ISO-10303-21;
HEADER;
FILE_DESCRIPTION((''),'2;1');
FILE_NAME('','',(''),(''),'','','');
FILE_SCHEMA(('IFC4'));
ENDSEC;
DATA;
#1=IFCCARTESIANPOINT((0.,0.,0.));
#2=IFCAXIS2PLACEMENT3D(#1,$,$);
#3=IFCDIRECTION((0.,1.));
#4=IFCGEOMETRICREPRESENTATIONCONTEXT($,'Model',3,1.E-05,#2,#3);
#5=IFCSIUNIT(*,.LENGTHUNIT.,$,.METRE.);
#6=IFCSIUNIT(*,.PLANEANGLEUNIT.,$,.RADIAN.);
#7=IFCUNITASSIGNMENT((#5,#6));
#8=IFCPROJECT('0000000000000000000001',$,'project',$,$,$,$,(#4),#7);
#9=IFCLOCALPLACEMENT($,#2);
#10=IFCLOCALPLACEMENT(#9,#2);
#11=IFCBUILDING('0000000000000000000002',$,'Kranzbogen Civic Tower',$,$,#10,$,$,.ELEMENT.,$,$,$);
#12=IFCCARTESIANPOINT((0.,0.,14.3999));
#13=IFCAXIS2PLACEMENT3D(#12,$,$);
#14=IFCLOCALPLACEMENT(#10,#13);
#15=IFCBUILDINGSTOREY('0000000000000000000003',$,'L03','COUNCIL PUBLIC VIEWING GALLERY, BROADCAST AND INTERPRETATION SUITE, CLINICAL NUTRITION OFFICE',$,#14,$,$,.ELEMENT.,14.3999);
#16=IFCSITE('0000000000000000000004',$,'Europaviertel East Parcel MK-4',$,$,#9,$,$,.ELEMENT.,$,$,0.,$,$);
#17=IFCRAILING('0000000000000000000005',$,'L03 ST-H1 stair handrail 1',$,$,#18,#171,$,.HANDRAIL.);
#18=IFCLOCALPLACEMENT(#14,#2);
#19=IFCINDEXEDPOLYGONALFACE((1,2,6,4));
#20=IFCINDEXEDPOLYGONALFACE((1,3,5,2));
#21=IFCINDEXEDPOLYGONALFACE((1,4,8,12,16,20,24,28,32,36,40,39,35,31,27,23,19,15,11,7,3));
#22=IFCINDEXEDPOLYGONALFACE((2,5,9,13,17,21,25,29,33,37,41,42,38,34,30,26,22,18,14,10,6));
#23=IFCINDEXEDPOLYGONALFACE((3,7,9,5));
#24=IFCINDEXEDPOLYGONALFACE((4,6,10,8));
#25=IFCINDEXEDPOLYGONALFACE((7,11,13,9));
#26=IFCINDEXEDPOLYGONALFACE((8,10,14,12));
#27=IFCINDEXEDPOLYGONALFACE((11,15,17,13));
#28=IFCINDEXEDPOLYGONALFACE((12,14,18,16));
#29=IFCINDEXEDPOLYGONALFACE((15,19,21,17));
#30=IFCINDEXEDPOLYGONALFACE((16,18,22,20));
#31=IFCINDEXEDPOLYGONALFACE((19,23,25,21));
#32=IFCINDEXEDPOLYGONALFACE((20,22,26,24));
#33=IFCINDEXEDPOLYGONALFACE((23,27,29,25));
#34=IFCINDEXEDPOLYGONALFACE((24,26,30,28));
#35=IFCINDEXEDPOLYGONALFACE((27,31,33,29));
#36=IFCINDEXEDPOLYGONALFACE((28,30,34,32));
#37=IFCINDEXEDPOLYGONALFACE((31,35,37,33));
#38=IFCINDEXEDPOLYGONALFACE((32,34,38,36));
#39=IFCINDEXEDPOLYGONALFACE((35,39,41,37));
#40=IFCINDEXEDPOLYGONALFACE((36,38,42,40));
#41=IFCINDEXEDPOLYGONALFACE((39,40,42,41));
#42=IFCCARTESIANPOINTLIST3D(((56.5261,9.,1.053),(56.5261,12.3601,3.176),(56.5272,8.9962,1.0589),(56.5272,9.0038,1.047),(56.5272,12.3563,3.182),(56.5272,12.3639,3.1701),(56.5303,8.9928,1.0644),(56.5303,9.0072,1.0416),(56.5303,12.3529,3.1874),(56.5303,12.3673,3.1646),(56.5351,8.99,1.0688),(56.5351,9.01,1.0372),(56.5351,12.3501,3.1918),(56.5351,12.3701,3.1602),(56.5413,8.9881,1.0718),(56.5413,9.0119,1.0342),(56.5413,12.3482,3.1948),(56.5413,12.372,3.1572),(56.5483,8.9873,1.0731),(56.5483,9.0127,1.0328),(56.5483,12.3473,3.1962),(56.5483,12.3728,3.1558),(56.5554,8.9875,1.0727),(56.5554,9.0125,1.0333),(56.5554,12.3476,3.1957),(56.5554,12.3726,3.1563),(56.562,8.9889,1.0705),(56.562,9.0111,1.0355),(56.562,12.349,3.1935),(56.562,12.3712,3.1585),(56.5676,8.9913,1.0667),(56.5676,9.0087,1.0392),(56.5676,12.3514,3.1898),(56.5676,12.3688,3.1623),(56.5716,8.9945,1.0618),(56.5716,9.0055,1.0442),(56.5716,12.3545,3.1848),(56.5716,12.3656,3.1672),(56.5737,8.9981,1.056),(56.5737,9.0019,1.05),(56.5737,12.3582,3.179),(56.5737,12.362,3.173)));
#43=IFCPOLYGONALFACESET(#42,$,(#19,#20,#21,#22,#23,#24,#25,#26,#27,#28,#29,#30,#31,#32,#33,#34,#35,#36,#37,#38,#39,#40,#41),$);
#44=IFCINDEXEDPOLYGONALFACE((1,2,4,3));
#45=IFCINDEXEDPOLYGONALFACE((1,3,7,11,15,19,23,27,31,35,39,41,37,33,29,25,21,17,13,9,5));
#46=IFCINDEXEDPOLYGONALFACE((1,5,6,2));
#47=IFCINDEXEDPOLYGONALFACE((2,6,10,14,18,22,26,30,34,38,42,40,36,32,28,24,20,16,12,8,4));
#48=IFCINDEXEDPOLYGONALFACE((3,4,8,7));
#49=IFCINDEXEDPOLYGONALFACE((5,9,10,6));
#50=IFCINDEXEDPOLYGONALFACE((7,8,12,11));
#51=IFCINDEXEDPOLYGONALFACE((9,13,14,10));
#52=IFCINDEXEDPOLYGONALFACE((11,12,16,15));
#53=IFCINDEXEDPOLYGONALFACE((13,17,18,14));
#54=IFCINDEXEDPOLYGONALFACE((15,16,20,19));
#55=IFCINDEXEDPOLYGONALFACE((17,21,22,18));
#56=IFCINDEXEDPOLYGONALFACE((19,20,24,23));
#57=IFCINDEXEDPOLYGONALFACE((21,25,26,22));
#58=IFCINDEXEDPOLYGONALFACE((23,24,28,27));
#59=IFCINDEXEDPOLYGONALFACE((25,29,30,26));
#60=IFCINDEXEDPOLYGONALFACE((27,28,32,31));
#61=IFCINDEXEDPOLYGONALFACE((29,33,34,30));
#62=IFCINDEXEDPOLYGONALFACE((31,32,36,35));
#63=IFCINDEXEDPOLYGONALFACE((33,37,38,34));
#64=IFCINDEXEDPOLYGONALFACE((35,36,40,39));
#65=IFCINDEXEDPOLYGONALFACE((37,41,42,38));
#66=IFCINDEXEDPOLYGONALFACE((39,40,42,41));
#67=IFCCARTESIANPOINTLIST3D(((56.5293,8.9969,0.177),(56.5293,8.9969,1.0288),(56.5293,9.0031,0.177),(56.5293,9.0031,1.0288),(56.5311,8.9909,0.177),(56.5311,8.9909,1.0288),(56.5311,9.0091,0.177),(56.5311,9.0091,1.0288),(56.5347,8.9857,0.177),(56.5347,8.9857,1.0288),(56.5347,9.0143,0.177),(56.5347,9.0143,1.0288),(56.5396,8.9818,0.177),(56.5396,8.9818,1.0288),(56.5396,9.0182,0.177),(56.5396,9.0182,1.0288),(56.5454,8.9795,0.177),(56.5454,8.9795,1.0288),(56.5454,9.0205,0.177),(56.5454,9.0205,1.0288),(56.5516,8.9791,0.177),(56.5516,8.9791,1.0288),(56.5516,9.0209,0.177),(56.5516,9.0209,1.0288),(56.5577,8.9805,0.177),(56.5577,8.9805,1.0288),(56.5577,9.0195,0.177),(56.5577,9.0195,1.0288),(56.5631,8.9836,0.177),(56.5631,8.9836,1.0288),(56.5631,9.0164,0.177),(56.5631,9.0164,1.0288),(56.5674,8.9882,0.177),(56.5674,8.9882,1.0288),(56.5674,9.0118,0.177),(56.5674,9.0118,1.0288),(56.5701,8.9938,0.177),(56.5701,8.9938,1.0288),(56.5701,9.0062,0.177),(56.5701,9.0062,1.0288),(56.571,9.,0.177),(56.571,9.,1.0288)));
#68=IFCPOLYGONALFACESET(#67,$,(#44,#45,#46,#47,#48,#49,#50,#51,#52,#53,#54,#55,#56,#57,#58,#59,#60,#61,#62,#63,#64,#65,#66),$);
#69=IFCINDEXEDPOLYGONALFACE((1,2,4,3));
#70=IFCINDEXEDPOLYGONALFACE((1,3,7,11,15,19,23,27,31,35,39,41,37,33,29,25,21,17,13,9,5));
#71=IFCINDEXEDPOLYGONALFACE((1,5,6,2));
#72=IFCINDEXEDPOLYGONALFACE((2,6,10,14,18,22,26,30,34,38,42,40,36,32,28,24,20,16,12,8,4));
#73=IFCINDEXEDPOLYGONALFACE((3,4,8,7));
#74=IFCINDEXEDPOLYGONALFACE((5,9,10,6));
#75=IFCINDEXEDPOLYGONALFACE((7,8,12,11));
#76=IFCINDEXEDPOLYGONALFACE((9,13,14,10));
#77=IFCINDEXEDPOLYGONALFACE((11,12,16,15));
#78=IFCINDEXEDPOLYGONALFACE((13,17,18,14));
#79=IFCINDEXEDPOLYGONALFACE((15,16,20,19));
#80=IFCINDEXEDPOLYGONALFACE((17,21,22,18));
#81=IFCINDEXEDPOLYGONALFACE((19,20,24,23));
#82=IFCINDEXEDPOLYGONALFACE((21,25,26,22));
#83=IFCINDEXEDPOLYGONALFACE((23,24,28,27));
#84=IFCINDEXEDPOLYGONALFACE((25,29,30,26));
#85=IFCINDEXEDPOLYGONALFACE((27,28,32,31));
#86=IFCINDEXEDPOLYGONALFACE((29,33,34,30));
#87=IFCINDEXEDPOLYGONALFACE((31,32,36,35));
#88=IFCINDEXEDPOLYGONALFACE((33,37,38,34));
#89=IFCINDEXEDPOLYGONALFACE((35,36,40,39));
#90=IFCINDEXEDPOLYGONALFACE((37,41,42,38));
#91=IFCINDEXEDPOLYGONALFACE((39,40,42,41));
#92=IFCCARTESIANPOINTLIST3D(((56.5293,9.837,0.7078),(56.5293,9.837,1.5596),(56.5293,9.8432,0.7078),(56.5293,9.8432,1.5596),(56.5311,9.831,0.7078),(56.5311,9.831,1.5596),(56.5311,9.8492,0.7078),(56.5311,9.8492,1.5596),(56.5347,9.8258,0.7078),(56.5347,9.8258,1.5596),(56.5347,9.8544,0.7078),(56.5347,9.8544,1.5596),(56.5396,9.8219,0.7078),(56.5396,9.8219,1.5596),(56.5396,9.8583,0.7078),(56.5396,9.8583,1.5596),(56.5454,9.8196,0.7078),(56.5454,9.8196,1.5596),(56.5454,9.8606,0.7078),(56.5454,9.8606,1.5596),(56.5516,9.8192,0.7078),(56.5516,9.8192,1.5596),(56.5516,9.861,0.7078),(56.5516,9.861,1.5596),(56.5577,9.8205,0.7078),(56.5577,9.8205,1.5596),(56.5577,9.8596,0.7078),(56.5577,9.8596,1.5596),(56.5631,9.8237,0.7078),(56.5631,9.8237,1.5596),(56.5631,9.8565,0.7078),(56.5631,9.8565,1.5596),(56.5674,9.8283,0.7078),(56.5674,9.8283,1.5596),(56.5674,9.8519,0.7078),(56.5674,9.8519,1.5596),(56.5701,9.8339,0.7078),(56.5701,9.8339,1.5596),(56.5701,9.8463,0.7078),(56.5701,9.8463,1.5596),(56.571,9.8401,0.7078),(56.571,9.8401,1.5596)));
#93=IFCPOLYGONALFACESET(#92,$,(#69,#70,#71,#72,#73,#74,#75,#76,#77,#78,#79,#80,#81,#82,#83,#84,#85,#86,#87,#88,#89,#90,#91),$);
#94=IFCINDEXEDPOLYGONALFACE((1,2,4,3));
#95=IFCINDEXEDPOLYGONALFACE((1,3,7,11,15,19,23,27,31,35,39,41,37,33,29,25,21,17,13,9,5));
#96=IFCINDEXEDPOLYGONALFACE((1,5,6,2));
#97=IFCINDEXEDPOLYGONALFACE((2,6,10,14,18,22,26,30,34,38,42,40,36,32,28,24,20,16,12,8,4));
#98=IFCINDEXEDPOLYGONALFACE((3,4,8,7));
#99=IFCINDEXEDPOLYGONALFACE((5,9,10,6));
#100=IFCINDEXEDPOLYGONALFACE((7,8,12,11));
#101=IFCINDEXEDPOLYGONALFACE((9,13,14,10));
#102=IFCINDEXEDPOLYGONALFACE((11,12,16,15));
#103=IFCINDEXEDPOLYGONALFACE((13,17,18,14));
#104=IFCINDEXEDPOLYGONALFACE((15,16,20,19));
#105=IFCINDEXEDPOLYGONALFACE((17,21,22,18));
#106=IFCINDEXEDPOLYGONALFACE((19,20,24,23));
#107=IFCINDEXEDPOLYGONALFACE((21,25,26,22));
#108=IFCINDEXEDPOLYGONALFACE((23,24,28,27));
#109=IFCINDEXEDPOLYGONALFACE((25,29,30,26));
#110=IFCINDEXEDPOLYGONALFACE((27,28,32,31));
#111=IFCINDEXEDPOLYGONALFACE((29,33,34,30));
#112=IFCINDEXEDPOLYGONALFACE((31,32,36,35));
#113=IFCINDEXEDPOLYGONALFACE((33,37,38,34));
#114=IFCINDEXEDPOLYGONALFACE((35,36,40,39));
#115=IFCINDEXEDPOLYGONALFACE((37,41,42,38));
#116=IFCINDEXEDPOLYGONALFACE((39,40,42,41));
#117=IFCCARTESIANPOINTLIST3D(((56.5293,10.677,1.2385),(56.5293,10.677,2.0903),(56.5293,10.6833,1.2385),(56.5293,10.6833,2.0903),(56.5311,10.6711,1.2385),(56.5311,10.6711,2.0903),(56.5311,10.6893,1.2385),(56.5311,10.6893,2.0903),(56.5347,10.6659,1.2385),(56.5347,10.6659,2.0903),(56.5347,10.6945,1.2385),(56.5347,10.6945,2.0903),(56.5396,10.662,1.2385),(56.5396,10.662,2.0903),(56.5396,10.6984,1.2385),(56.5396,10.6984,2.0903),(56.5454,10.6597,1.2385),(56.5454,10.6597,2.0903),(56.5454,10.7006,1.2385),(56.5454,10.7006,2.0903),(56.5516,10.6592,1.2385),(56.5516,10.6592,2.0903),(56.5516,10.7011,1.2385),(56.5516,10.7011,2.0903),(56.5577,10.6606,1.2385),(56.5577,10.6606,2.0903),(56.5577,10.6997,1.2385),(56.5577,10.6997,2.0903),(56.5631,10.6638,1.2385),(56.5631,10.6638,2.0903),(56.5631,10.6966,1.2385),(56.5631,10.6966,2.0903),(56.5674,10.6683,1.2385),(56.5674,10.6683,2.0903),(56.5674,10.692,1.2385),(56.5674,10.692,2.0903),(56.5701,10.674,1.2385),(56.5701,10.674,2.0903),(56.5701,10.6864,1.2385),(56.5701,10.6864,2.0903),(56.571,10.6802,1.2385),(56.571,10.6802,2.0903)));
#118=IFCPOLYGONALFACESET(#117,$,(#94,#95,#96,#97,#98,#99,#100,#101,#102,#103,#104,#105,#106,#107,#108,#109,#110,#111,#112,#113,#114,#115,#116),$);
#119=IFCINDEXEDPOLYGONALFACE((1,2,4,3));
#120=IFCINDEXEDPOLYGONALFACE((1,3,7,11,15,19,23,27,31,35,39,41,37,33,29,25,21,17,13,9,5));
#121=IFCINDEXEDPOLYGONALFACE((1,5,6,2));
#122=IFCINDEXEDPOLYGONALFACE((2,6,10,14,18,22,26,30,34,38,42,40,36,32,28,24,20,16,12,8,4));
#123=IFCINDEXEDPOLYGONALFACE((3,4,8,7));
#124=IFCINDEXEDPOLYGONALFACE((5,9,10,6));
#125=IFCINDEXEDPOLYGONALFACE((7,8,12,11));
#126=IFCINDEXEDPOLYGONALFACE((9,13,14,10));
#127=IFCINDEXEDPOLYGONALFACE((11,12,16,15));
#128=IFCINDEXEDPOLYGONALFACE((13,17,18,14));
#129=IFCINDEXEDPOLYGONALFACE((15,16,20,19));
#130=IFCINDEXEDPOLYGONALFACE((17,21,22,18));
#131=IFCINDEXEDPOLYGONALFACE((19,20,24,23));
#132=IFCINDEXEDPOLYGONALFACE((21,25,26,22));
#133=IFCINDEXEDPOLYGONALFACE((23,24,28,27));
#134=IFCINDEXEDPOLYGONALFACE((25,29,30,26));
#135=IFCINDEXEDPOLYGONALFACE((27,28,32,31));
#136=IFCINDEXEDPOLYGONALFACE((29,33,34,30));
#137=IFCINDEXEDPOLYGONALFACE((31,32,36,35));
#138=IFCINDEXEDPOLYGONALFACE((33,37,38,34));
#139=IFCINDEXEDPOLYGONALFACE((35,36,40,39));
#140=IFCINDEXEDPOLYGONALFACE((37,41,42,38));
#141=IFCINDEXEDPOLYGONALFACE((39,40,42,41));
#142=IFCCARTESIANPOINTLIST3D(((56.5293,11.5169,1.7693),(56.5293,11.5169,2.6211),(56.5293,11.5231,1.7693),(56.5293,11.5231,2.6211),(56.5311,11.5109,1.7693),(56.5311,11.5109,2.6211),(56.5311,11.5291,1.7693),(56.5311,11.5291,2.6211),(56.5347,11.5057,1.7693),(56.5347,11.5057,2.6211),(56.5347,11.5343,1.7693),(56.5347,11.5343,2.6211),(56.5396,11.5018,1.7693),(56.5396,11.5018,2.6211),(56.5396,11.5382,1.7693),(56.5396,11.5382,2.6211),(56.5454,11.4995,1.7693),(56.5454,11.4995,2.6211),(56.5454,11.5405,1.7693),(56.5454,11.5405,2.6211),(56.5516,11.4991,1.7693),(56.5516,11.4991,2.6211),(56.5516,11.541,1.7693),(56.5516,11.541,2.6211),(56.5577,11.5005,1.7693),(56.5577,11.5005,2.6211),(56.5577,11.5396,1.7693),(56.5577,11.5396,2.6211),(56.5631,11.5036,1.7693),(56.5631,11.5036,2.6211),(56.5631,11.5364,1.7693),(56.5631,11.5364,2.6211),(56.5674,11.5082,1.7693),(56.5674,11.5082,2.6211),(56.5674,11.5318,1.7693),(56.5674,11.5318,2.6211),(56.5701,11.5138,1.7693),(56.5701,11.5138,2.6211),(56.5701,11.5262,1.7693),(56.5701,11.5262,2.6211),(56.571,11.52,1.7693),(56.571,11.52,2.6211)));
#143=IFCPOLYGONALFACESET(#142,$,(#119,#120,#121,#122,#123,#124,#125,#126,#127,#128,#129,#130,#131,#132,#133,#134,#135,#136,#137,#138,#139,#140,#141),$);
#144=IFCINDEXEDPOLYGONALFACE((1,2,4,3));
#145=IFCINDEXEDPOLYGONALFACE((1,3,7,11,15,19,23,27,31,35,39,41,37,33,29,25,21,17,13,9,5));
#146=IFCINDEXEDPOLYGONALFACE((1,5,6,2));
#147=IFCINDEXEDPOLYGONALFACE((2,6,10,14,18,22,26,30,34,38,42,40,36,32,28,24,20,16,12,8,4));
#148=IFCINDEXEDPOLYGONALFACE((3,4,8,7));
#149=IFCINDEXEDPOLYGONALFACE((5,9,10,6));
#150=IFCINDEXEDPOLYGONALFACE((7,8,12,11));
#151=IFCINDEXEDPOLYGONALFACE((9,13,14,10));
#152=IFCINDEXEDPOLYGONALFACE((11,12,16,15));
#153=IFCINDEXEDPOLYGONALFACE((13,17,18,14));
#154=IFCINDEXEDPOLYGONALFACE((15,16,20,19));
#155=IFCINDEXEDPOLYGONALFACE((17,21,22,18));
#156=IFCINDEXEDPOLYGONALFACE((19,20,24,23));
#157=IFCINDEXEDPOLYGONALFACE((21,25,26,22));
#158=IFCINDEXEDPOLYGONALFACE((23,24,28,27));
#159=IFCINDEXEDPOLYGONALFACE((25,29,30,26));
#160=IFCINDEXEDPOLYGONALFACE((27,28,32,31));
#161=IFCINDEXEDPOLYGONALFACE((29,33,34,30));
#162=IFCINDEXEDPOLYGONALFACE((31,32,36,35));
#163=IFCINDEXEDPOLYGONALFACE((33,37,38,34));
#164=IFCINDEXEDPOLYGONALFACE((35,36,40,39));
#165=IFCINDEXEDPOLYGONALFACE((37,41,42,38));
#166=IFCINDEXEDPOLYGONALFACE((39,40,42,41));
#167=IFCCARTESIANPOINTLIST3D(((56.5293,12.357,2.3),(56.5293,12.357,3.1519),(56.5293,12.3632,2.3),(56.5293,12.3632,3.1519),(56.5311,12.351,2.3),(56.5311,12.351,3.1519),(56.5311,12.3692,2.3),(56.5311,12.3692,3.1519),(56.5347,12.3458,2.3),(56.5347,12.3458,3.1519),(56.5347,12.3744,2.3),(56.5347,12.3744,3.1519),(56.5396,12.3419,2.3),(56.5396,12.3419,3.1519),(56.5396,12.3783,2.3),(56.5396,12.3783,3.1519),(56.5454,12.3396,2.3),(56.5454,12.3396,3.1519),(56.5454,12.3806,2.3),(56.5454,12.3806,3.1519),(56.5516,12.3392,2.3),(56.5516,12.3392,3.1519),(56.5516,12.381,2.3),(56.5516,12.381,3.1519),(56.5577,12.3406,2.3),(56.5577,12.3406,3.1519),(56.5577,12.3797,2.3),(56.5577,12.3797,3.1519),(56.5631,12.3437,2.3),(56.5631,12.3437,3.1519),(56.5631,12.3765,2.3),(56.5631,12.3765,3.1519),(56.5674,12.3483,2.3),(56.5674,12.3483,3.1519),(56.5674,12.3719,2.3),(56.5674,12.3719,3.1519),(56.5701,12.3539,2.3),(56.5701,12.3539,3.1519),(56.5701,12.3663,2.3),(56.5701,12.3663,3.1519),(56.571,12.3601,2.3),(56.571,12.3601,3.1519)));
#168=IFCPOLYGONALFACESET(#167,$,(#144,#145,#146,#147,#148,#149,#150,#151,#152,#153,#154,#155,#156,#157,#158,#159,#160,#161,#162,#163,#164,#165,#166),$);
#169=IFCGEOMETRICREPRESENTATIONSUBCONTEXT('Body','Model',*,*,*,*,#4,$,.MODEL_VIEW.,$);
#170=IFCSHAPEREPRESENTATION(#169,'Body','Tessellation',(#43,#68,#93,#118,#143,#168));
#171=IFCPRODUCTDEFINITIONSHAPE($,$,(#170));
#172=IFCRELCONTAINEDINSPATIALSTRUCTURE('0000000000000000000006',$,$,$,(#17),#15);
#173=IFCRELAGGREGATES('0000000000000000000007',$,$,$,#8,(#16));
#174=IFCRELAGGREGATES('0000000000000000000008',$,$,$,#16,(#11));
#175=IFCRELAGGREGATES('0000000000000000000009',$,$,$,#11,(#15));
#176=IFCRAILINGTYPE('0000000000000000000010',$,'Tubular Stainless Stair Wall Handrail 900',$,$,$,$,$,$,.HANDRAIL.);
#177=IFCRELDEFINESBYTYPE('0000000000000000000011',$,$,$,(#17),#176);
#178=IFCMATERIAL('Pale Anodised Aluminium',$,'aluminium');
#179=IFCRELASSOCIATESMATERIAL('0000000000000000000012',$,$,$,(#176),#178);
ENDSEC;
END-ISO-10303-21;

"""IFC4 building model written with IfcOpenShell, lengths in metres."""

from ifc_helpers import new_model, si_unit, direction, frame, origin, origin_2d, place, context, subcontext, project, spatial, circle, extrude, material, type_object, element, save


model = new_model("IFC4")

# Units and contexts
model_context = context("Model", 3, precision=1e-05, world=origin(), true_north=direction((0.0, 1.0)))
body_context = subcontext(model_context, "Body", "Model", "MODEL_VIEW")
ifc_project = project(units=[si_unit("LENGTHUNIT", "METRE"), si_unit("PLANEANGLEUNIT", "RADIAN")], contexts=[model_context])

# Site, building, storey
site_placement = place(None, origin())
site = spatial("IfcSite", under=ifc_project, at=site_placement, Name="Europaviertel East Parcel MK-4", CompositionType="ELEMENT", RefElevation=0.0)
building_placement = place(site_placement, origin())
building = spatial("IfcBuilding", under=site, at=building_placement, Name="Kranzbogen Civic Tower", CompositionType="ELEMENT")
storey_placement = place(building_placement, frame((0.0, 0.0, 14.3999)))
storey = spatial("IfcBuildingStorey", under=building, at=storey_placement, Name="L03", Description="COUNCIL PUBLIC VIEWING GALLERY, BROADCAST AND INTERPRETATION SUITE, CLINICAL NUTRITION OFFICE", CompositionType="ELEMENT", Elevation=14.3999)

# Shared definitions
ifc_material_1 = material(Name="Pale Anodised Aluminium", Category="aluminium")

# Railing
railing_type_1 = type_object("IfcRailingType", Name="Tubular Stainless Stair Wall Handrail 900", PredefinedType="HANDRAIL", material=ifc_material_1)
railing_1_placement = place(storey_placement, frame((56.55, 9.0, 0.177)))
element("IfcRailing", 1, at=railing_1_placement, inside=storey, type_object=railing_type_1, Name="L03 ST-H1 stair handrail 1", PredefinedType="HANDRAIL", context=body_context, shape_type="SweptSolid", body=[
    extrude(circle(Radius=0.0239, at=origin_2d()), frame((0.0, 0.0, 0.876), z_axis=(0.0, 0.84539, 0.53415), x_axis=(-1.0, 0.0, 0.0)), (0.0, 0.0, 1.0), 3.9746),
    extrude(circle(Radius=0.021, at=origin_2d()), origin(), (0.0, 0.0, 1.0), 0.8518),
    extrude(circle(Radius=0.021, at=origin_2d()), frame((0.0, 0.8401, 0.5308)), (0.0, 0.0, 1.0), 0.8518),
    extrude(circle(Radius=0.021, at=origin_2d()), frame((0.0, 1.6802, 1.0615)), (0.0, 0.0, 1.0), 0.8518),
    extrude(circle(Radius=0.021, at=origin_2d()), frame((0.0, 2.52, 1.5923)), (0.0, 0.0, 1.0), 0.8518),
    extrude(circle(Radius=0.021, at=origin_2d()), frame((0.0, 3.3601, 2.123)), (0.0, 0.0, 1.0), 0.8518),
])

save(model, "model.ifc")
